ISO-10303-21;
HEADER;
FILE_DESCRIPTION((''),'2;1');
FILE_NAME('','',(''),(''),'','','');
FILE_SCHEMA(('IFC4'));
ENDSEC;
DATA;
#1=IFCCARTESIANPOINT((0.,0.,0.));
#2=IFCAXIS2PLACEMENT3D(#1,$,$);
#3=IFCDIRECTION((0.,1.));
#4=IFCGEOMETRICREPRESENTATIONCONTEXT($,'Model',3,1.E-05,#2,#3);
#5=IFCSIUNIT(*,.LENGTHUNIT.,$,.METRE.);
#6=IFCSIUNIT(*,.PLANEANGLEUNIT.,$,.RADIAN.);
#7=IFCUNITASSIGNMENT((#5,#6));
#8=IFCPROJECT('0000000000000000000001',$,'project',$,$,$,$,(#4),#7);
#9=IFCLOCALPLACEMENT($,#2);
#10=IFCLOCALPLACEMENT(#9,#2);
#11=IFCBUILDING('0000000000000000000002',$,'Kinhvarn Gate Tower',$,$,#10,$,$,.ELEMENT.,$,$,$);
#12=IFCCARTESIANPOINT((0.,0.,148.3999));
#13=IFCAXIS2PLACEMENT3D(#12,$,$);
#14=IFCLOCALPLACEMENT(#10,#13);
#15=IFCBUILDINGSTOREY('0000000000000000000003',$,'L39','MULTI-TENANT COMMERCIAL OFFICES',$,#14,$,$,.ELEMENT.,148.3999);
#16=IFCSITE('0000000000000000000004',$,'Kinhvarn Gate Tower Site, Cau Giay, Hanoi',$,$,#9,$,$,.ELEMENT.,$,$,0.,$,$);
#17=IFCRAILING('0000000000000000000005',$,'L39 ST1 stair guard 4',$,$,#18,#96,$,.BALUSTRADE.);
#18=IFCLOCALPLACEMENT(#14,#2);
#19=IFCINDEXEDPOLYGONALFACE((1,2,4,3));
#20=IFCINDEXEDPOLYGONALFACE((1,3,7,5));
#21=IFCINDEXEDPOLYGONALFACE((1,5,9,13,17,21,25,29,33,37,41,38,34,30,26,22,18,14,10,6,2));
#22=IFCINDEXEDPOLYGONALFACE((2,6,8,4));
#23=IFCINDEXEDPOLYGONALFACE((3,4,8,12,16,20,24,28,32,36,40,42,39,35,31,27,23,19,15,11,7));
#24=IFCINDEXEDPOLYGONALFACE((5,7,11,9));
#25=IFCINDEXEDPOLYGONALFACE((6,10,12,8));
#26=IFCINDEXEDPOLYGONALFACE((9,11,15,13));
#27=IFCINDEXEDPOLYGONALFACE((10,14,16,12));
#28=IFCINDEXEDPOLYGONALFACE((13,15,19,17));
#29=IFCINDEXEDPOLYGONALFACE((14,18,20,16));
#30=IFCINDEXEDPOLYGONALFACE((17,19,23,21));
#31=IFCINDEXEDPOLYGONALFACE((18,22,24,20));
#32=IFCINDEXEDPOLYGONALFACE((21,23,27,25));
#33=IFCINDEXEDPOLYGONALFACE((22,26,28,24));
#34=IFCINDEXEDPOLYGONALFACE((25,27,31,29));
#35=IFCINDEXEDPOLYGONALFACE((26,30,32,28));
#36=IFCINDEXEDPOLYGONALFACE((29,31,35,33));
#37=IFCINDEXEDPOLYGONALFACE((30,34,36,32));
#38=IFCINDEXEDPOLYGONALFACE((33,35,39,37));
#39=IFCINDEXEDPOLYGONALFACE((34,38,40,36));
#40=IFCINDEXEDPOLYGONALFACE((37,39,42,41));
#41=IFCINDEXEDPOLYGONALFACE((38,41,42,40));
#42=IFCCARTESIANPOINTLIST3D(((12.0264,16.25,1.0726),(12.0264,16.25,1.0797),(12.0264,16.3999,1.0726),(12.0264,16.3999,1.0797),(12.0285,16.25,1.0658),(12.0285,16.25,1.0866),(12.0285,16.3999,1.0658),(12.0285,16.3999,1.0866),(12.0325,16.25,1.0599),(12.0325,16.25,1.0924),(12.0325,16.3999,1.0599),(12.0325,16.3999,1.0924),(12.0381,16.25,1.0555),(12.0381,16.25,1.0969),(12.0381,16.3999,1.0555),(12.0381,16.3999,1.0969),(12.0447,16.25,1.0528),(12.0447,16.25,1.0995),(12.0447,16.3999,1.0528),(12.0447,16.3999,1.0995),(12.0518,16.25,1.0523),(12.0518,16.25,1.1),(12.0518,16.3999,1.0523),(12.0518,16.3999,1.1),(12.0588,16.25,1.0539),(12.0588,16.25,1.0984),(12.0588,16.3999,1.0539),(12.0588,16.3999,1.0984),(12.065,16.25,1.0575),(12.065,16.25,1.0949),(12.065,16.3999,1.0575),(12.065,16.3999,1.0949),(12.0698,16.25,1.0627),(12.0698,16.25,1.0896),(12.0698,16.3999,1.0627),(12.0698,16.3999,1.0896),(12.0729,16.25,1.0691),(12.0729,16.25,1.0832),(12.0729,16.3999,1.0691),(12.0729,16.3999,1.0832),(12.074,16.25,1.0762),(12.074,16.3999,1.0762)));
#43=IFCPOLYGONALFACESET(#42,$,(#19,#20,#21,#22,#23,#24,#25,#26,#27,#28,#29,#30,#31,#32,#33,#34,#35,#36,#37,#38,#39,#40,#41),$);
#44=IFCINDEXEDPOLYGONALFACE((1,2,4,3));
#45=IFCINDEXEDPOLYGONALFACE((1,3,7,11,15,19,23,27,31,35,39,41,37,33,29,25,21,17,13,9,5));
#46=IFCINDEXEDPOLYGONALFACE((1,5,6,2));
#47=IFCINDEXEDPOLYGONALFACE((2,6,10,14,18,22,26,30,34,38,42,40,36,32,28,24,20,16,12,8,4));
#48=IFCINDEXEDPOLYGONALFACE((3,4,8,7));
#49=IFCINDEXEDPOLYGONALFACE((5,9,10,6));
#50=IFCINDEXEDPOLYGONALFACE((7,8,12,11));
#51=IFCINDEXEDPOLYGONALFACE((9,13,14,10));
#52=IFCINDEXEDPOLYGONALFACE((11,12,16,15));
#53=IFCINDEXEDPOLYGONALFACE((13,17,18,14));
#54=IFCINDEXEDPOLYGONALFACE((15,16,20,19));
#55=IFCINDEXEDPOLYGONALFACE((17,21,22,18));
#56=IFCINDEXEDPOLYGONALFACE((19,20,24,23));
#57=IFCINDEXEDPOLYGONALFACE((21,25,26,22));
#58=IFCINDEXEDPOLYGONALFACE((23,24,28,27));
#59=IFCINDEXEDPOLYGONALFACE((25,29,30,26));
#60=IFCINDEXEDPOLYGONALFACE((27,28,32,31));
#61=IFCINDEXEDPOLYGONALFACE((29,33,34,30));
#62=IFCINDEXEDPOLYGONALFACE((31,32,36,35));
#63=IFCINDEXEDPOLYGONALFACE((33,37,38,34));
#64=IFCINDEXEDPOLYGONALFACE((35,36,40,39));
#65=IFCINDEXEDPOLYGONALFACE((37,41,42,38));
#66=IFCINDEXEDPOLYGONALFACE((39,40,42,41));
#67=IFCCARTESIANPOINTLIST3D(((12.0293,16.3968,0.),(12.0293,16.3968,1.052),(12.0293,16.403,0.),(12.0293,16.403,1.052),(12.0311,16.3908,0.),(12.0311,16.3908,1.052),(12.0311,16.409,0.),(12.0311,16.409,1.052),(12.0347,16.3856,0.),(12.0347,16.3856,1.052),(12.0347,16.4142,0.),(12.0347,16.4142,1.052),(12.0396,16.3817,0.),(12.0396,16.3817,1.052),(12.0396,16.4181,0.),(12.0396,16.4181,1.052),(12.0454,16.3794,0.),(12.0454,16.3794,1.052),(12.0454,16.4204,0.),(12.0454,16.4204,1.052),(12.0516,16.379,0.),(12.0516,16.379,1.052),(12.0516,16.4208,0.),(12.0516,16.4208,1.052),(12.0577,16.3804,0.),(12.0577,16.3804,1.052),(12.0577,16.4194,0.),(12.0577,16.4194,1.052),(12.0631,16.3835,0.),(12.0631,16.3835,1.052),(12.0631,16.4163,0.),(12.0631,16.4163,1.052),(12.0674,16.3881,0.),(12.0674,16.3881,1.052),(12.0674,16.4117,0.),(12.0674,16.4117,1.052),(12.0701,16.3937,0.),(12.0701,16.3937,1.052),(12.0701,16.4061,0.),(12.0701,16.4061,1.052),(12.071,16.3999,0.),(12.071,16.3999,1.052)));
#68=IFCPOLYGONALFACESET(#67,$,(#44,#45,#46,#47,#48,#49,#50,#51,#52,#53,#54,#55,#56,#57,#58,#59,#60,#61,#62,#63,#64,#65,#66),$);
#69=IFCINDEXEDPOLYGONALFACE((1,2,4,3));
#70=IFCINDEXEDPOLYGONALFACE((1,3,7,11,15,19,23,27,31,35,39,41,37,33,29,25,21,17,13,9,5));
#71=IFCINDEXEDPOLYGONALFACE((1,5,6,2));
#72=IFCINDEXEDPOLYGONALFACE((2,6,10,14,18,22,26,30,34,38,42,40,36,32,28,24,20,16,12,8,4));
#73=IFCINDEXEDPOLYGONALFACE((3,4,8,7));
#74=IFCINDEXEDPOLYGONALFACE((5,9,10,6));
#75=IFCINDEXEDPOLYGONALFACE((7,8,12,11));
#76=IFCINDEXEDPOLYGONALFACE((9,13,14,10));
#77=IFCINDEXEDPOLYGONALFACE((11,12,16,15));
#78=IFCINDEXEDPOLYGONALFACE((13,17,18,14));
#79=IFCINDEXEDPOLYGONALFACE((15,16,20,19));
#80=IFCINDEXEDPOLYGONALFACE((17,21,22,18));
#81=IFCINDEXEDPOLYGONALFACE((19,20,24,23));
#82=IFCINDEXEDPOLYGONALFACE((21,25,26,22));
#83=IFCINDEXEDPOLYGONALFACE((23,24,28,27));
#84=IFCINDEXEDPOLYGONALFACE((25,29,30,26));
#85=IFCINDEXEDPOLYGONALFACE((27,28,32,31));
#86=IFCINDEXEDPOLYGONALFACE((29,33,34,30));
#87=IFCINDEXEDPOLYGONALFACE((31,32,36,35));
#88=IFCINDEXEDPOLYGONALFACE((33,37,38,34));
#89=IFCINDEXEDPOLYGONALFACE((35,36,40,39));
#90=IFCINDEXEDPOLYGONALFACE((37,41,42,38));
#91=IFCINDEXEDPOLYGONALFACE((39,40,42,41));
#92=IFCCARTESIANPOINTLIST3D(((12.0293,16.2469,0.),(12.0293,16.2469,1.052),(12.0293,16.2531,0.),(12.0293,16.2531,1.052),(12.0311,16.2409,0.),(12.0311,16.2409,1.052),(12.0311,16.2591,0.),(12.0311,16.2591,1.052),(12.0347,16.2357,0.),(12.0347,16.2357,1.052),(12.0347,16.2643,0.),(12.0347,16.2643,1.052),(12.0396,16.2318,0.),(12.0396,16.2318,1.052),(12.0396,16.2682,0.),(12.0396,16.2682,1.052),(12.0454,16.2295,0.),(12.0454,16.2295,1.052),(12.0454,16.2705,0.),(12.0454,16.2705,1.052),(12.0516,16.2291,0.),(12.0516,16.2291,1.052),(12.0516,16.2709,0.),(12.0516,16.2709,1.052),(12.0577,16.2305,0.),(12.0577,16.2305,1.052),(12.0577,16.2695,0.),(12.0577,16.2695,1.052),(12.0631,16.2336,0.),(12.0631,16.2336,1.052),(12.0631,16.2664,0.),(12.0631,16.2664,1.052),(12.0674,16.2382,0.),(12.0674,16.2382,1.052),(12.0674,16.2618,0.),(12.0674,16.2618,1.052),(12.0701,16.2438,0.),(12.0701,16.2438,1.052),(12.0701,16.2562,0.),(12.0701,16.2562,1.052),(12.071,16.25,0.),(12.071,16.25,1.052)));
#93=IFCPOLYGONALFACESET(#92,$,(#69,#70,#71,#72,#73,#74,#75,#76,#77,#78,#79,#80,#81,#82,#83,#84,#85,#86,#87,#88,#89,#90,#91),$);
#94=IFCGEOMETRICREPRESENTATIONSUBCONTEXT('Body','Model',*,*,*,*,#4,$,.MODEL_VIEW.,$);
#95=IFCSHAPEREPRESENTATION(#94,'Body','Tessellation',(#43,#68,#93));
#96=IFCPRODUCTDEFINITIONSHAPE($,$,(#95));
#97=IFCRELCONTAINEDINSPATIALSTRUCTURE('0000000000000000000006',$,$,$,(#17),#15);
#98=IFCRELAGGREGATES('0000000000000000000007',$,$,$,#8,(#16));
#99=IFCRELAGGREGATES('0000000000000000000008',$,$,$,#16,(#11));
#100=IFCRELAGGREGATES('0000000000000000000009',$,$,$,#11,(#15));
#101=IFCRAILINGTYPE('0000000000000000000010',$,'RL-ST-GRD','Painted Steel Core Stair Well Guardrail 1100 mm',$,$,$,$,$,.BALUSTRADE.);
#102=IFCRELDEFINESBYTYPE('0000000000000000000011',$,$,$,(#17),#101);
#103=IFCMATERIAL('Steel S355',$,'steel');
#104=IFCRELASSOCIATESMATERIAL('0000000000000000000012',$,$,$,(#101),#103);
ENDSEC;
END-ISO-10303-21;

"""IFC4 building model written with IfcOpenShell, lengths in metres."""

from ifc_helpers import new_model, si_unit, direction, frame, origin, origin_2d, place, context, subcontext, project, spatial, circle, extrude, material, type_object, element, save


model = new_model("IFC4")

# Units and contexts
model_context = context("Model", 3, precision=1e-05, world=origin(), true_north=direction((0.0, 1.0)))
body_context = subcontext(model_context, "Body", "Model", "MODEL_VIEW")
ifc_project = project(units=[si_unit("LENGTHUNIT", "METRE"), si_unit("PLANEANGLEUNIT", "RADIAN")], contexts=[model_context])

# Site, building, storey
site_placement = place(None, origin())
site = spatial("IfcSite", under=ifc_project, at=site_placement, Name="Kinhvarn Gate Tower Site, Cau Giay, Hanoi", CompositionType="ELEMENT", RefElevation=0.0)
building_placement = place(site_placement, origin())
building = spatial("IfcBuilding", under=site, at=building_placement, Name="Kinhvarn Gate Tower", CompositionType="ELEMENT")
storey_placement = place(building_placement, frame((0.0, 0.0, 148.3999)))
storey = spatial("IfcBuildingStorey", under=building, at=storey_placement, Name="L39", Description="MULTI-TENANT COMMERCIAL OFFICES", CompositionType="ELEMENT", Elevation=148.3999)

# Shared definitions
ifc_material_1 = material(Name="Steel S355", Category="steel")

# Railing
railing_type_1 = type_object("IfcRailingType", Name="RL-ST-GRD", Description="Painted Steel Core Stair Well Guardrail 1100 mm", PredefinedType="BALUSTRADE", material=ifc_material_1)
railing_1_placement = place(storey_placement, frame((12.05, 16.3999, 0.0)))
element("IfcRailing", 1, at=railing_1_placement, inside=storey, type_object=railing_type_1, Name="L39 ST1 stair guard 4", PredefinedType="BALUSTRADE", context=body_context, shape_type="SweptSolid", body=[
    extrude(circle(Radius=0.0239, at=origin_2d()), frame((0.0, 0.0, 1.0762), z_axis=(0.0, -1.0, 0.0), x_axis=(1.0, 0.0, 0.0)), (0.0, 0.0, 1.0), 0.1499),
    extrude(circle(Radius=0.021, at=origin_2d()), origin(), (0.0, 0.0, 1.0), 1.052),
    extrude(circle(Radius=0.021, at=origin_2d()), frame((0.0, -0.1499, 0.0)), (0.0, 0.0, 1.0), 1.052),
])

save(model, "model.ifc")
